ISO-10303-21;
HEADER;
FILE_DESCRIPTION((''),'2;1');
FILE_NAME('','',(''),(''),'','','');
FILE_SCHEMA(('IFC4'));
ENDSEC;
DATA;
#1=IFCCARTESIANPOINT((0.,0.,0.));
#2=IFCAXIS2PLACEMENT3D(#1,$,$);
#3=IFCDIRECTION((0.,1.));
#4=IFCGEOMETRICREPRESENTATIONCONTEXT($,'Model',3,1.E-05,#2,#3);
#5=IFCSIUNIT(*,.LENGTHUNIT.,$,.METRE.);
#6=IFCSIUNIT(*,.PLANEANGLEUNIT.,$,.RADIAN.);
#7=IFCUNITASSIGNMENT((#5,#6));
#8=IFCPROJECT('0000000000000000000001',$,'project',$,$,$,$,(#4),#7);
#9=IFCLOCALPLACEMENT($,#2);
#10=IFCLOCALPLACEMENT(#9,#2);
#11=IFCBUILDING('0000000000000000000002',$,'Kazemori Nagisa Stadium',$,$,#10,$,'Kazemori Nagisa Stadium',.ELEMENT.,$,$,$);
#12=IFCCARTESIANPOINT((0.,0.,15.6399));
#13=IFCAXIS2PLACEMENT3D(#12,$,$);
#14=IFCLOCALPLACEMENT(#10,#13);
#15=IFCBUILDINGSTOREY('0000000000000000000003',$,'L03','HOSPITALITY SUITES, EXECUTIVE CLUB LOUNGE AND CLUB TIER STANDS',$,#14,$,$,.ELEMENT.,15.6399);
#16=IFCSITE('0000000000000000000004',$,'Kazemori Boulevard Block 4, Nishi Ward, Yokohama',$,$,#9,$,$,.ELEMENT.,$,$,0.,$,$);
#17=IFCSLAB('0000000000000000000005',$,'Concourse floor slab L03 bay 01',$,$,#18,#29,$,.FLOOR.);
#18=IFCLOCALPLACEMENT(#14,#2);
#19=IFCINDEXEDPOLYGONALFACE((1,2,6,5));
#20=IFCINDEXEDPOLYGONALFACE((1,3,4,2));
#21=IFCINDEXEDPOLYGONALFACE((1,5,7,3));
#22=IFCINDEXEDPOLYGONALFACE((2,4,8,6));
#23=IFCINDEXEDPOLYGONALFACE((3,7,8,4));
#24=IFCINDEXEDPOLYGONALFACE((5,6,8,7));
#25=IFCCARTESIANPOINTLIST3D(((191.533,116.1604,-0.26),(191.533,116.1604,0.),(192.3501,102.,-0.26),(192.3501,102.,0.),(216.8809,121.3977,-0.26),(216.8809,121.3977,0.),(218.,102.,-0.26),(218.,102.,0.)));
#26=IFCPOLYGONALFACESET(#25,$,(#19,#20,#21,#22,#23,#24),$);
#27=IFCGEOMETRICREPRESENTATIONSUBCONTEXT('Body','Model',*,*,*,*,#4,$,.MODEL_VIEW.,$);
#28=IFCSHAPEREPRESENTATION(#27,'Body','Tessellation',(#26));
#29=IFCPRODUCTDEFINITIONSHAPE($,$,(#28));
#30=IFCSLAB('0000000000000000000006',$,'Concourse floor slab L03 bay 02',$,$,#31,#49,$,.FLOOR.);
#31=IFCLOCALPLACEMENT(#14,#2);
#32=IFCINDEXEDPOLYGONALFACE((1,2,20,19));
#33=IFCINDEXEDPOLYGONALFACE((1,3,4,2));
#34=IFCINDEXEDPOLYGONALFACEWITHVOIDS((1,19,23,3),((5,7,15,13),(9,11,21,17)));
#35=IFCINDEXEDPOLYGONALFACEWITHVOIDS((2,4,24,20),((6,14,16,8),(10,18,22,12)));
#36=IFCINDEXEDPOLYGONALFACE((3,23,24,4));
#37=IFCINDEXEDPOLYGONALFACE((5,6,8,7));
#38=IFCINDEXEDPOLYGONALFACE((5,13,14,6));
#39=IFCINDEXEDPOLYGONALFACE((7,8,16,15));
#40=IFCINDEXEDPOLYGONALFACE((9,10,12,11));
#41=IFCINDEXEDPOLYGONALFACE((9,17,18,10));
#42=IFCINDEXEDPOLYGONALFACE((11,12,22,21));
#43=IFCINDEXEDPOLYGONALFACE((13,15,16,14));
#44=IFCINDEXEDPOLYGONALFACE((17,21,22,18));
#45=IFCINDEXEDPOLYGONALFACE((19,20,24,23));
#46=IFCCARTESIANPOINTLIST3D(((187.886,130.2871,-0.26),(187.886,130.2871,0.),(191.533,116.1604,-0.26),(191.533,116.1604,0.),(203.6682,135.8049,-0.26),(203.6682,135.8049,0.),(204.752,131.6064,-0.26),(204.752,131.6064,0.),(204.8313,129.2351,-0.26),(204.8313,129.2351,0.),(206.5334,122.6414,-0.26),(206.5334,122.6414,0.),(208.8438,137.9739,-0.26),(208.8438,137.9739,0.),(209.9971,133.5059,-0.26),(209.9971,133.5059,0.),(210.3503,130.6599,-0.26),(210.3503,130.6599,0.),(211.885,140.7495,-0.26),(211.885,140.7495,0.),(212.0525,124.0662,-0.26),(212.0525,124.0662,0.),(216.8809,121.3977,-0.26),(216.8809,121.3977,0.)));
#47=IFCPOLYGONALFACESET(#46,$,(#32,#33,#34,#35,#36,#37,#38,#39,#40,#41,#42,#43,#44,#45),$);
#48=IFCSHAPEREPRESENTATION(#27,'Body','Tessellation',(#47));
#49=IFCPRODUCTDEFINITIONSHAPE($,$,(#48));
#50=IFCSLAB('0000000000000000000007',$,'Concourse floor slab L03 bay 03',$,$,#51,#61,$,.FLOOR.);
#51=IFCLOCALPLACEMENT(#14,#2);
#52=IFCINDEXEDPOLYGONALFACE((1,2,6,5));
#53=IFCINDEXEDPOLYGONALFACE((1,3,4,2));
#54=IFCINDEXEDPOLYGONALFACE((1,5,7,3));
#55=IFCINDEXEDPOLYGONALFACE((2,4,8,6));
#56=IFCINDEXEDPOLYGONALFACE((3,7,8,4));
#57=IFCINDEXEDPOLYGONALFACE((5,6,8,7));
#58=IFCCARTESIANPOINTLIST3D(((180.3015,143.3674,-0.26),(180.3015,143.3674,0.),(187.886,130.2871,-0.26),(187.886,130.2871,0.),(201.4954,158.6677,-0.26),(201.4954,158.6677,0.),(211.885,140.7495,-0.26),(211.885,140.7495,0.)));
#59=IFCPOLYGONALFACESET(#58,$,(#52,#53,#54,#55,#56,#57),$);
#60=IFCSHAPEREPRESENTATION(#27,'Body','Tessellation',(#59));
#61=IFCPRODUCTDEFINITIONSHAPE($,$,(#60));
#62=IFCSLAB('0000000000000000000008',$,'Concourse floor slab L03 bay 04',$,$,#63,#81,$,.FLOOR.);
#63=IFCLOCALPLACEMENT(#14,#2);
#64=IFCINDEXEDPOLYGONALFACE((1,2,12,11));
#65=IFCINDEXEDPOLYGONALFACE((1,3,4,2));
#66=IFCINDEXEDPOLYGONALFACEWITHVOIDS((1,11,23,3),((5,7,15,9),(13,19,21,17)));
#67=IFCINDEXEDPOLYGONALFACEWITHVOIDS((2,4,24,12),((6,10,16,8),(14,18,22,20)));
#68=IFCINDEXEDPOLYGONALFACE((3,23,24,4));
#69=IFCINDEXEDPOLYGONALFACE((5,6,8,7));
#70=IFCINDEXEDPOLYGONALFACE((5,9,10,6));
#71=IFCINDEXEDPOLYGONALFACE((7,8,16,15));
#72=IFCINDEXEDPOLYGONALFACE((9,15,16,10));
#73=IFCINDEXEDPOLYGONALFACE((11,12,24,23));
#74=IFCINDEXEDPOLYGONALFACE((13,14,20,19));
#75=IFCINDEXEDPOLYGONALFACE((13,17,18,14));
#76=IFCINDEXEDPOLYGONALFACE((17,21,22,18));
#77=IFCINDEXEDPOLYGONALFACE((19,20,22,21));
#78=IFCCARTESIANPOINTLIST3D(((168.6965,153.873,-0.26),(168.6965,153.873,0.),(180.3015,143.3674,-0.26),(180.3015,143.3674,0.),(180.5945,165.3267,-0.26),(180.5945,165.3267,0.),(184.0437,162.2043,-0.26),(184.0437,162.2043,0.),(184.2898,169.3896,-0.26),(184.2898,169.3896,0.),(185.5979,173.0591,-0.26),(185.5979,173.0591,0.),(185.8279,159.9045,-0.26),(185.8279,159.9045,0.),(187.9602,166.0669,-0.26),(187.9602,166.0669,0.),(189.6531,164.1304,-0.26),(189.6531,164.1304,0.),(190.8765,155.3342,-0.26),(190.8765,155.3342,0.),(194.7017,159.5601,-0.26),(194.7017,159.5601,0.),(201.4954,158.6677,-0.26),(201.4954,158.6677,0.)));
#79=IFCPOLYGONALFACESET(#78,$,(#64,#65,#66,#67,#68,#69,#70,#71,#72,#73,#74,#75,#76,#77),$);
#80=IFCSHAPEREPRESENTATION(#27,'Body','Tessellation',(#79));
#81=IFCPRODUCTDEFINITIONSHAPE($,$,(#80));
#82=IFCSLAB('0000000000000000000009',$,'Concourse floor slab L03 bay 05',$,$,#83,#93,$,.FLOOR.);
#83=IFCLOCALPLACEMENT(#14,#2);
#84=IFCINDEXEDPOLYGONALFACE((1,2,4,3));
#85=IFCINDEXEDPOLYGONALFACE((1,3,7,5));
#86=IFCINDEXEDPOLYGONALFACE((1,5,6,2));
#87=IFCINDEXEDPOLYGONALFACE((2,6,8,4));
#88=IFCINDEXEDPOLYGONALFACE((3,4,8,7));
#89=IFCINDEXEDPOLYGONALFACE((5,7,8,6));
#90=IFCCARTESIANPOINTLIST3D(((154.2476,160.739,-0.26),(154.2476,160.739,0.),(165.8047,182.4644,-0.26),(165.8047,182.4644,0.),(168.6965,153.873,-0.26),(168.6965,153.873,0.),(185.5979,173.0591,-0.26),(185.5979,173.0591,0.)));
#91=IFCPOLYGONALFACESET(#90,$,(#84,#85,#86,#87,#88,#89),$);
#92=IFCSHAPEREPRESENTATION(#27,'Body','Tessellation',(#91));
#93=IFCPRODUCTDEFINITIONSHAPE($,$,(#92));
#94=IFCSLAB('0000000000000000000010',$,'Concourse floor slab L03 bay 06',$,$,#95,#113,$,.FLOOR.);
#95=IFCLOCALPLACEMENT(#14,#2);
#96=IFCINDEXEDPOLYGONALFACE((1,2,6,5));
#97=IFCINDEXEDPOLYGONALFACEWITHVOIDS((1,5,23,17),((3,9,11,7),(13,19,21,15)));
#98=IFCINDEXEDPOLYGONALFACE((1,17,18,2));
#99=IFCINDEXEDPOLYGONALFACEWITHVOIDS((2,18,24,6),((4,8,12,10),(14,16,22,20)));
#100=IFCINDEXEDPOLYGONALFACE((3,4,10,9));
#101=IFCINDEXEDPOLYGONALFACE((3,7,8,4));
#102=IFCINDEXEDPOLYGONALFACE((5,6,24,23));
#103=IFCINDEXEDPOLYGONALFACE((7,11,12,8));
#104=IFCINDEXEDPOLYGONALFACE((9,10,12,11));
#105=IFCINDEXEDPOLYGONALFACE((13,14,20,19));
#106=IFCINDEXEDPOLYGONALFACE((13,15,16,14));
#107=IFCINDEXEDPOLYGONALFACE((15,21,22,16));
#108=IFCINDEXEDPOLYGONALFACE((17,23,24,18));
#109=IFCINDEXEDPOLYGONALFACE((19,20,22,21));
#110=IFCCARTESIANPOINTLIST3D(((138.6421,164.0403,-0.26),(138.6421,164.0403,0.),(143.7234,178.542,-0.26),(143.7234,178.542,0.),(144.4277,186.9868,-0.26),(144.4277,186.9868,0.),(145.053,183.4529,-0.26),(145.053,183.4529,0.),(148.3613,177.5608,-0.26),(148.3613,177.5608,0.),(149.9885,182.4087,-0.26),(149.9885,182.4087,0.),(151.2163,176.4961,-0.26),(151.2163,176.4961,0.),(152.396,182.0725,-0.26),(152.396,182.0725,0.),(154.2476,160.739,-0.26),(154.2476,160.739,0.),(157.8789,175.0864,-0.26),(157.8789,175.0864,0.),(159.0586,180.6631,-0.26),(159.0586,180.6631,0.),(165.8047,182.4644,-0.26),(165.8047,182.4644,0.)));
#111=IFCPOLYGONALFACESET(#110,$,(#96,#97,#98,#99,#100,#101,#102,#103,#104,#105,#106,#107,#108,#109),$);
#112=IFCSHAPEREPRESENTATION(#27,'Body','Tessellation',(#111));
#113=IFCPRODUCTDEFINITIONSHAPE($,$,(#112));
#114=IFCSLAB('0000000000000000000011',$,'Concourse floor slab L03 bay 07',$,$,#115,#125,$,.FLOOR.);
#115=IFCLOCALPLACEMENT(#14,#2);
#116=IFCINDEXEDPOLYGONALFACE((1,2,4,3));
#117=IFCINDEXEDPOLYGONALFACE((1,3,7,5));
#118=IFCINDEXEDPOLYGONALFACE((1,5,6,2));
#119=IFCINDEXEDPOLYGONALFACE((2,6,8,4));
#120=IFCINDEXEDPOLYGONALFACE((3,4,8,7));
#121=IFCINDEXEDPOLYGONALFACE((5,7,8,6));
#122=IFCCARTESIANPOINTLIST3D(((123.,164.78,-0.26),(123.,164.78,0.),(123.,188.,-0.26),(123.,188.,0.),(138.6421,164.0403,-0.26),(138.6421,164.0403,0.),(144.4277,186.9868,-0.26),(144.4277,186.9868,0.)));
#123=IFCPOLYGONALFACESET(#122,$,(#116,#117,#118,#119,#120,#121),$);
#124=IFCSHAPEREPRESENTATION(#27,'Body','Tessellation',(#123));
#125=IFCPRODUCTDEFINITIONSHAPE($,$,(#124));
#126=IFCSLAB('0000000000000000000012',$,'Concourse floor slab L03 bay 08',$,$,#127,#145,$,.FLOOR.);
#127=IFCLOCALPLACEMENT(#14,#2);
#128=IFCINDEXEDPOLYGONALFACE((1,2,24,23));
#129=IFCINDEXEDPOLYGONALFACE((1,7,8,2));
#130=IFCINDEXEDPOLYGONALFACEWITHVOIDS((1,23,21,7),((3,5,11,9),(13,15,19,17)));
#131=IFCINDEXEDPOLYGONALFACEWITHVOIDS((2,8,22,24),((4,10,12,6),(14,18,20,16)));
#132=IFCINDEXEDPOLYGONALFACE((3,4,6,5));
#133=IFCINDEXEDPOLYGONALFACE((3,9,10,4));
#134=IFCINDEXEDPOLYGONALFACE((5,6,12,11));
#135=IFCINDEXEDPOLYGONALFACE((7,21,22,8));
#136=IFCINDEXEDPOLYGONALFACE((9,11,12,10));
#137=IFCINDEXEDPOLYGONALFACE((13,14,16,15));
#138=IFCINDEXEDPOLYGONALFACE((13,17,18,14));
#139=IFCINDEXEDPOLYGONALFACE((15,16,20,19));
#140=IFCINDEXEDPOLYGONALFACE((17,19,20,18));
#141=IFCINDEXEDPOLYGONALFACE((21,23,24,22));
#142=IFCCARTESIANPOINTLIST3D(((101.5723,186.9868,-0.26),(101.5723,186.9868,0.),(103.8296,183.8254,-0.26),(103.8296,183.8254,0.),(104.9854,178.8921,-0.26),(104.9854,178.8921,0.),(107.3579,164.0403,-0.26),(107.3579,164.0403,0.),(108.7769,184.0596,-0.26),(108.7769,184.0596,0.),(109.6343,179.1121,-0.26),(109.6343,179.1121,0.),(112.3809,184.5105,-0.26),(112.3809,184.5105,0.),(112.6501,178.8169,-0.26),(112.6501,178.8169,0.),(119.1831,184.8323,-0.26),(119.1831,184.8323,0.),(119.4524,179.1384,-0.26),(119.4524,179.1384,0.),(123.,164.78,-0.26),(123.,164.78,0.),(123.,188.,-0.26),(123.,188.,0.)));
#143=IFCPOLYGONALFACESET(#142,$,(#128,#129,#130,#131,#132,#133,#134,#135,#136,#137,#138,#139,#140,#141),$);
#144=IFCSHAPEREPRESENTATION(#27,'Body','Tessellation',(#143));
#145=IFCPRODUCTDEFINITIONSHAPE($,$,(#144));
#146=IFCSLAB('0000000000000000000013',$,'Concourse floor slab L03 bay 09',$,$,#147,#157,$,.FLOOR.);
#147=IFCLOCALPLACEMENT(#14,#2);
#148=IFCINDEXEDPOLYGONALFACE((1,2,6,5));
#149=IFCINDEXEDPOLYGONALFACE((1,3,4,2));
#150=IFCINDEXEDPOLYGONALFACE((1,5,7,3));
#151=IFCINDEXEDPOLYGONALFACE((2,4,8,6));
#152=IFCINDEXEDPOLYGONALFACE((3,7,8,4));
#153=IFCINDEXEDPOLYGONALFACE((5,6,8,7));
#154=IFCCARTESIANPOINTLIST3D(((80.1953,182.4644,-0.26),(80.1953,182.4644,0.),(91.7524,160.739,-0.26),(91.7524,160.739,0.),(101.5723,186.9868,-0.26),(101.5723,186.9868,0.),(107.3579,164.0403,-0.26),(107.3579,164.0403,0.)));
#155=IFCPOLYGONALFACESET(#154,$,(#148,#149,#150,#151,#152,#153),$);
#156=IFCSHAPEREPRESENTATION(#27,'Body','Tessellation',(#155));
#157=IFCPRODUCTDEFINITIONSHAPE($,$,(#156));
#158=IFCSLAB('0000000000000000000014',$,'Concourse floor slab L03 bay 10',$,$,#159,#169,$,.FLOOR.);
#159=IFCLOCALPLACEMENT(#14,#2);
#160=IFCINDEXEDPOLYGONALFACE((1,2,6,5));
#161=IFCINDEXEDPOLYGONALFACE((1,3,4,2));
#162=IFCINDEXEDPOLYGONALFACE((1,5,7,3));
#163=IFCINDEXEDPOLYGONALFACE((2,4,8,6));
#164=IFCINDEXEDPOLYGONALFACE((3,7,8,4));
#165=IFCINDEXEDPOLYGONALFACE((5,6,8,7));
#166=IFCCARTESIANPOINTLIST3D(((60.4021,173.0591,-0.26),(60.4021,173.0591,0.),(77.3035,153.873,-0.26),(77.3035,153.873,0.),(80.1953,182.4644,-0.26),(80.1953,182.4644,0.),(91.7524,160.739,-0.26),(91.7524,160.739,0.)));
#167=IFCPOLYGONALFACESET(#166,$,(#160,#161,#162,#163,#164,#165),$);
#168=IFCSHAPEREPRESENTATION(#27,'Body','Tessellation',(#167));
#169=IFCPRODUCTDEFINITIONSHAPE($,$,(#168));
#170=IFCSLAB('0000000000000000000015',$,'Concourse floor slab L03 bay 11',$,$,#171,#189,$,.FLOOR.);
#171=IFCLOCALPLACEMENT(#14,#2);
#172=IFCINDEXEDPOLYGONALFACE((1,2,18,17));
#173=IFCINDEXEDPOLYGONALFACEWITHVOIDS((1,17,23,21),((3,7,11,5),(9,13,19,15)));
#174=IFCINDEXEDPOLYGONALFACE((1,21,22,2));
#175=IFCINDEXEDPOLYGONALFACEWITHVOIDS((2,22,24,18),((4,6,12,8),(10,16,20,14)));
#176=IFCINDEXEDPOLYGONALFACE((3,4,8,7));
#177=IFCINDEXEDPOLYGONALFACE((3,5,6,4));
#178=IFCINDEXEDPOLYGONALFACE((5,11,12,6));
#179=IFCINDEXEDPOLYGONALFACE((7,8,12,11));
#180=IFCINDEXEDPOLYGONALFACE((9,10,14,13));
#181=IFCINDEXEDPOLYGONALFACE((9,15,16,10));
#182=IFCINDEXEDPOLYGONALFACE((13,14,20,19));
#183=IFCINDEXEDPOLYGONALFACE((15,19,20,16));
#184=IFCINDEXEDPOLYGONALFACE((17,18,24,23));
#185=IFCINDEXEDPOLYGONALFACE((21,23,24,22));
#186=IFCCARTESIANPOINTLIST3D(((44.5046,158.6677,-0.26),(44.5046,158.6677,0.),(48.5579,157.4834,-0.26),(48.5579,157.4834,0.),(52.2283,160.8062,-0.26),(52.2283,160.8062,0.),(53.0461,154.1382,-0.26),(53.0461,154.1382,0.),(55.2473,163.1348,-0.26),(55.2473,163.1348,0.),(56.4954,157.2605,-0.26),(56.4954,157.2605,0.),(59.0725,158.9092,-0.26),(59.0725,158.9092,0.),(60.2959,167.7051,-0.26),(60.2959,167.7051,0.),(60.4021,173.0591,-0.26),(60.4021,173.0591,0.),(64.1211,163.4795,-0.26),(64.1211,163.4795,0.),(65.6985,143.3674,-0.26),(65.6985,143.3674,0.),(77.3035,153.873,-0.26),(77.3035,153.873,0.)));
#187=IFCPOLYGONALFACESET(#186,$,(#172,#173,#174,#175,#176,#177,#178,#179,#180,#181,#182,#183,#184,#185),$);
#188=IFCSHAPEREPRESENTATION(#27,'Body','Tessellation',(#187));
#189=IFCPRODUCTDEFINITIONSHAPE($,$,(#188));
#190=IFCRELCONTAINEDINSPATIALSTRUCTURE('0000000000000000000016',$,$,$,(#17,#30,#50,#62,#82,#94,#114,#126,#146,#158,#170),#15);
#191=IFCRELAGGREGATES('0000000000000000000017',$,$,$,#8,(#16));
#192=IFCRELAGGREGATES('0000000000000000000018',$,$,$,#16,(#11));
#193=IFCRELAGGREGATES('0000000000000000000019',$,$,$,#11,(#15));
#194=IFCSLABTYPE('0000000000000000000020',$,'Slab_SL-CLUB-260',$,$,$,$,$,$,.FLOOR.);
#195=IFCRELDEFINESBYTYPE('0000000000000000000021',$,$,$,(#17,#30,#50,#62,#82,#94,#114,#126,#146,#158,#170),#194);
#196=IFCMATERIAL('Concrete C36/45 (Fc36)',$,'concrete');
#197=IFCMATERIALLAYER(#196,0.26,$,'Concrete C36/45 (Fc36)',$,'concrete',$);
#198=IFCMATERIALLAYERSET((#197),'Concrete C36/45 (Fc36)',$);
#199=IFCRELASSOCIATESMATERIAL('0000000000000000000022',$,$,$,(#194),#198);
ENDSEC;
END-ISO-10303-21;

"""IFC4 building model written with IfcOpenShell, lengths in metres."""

from ifc_helpers import new_model, si_unit, direction, frame, origin, place, context, subcontext, project, spatial, polyline, outline, extrude, material, layer, layer_set, type_object, element, save


model = new_model("IFC4")

# Units and contexts
model_context = context("Model", 3, precision=1e-05, world=origin(), true_north=direction((0.0, 1.0)))
body_context = subcontext(model_context, "Body", "Model", "MODEL_VIEW")
ifc_project = project(units=[si_unit("LENGTHUNIT", "METRE"), si_unit("PLANEANGLEUNIT", "RADIAN")], contexts=[model_context])

# Site, building, storey
site_placement = place(None, origin())
site = spatial("IfcSite", under=ifc_project, at=site_placement, Name="Kazemori Boulevard Block 4, Nishi Ward, Yokohama", CompositionType="ELEMENT", RefElevation=0.0)
building_placement = place(site_placement, origin())
building = spatial("IfcBuilding", under=site, at=building_placement, Name="Kazemori Nagisa Stadium", LongName="Kazemori Nagisa Stadium", CompositionType="ELEMENT")
storey_placement = place(building_placement, frame((0.0, 0.0, 15.6399)))
storey = spatial("IfcBuildingStorey", under=building, at=storey_placement, Name="L03", Description="HOSPITALITY SUITES, EXECUTIVE CLUB LOUNGE AND CLUB TIER STANDS", CompositionType="ELEMENT", Elevation=15.6399)

# Slabs
ifc_material = material(Name="Concrete C36/45 (Fc36)", Category="concrete")
ifc_layer = layer(ifc_material, 0.26, Name="Concrete C36/45 (Fc36)", Category="concrete")
ifc_layer_set = layer_set([ifc_layer], Name="Concrete C36/45 (Fc36)")
slab_type = type_object("IfcSlabType", Name="Slab_SL-CLUB-260", PredefinedType="FLOOR", material=ifc_layer_set)
slab_1_placement = place(storey_placement, frame((0.0, 0.0, -0.26)))
element("IfcSlab", 1, at=slab_1_placement, inside=storey, type_object=slab_type, Name="Concourse floor slab L03 bay 01", PredefinedType="FLOOR", context=body_context, shape_type="SweptSolid", body=[
    extrude(outline(polyline([(192.3501, 102.0), (191.533, 116.1604), (216.8809, 121.3977), (218.0, 102.0), (192.3501, 102.0)])), origin(), (0.0, 0.0, 1.0), 0.26),
])
slab_2_placement = place(storey_placement, frame((0.0, 0.0, -0.26)))
element("IfcSlab", 2, at=slab_2_placement, inside=storey, type_object=slab_type, Name="Concourse floor slab L03 bay 02", PredefinedType="FLOOR", context=body_context, shape_type="SweptSolid", body=[
    extrude(outline(polyline([(191.533, 116.1604), (187.886, 130.2871), (211.885, 140.7495), (216.8809, 121.3977), (191.533, 116.1604)]), holes=[polyline([(206.5334, 122.6414), (204.8313, 129.2351), (210.3503, 130.6599), (212.0525, 124.0662), (206.5334, 122.6414)]), polyline([(204.752, 131.6064), (203.6682, 135.8049), (208.8438, 137.9739), (209.9971, 133.5059), (204.752, 131.6064)])]), origin(), (0.0, 0.0, 1.0), 0.26),
])
slab_3_placement = place(storey_placement, frame((0.0, 0.0, -0.26)))
element("IfcSlab", 3, at=slab_3_placement, inside=storey, type_object=slab_type, Name="Concourse floor slab L03 bay 03", PredefinedType="FLOOR", context=body_context, shape_type="SweptSolid", body=[
    extrude(outline(polyline([(187.886, 130.2871), (180.3015, 143.3674), (201.4954, 158.6677), (211.885, 140.7495), (187.886, 130.2871)])), origin(), (0.0, 0.0, 1.0), 0.26),
])
slab_4_placement = place(storey_placement, frame((0.0, 0.0, -0.26)))
element("IfcSlab", 4, at=slab_4_placement, inside=storey, type_object=slab_type, Name="Concourse floor slab L03 bay 04", PredefinedType="FLOOR", context=body_context, shape_type="SweptSolid", body=[
    extrude(outline(polyline([(180.3015, 143.3674), (168.6965, 153.873), (185.5979, 173.0591), (201.4954, 158.6677), (180.3015, 143.3674)]), holes=[polyline([(190.8765, 155.3342), (185.8279, 159.9045), (189.6531, 164.1304), (194.7017, 159.5601), (190.8765, 155.3342)]), polyline([(184.0437, 162.2043), (180.5945, 165.3267), (184.2898, 169.3896), (187.9602, 166.0669), (184.0437, 162.2043)])]), origin(), (0.0, 0.0, 1.0), 0.26),
])
slab_5_placement = place(storey_placement, frame((0.0, 0.0, -0.26)))
element("IfcSlab", 5, at=slab_5_placement, inside=storey, type_object=slab_type, Name="Concourse floor slab L03 bay 05", PredefinedType="FLOOR", context=body_context, shape_type="SweptSolid", body=[
    extrude(outline(polyline([(168.6965, 153.873), (154.2476, 160.739), (165.8047, 182.4644), (185.5979, 173.0591), (168.6965, 153.873)])), origin(), (0.0, 0.0, 1.0), 0.26),
])
slab_6_placement = place(storey_placement, frame((0.0, 0.0, -0.26)))
element("IfcSlab", 6, at=slab_6_placement, inside=storey, type_object=slab_type, Name="Concourse floor slab L03 bay 06", PredefinedType="FLOOR", context=body_context, shape_type="SweptSolid", body=[
    extrude(outline(polyline([(154.2476, 160.739), (138.6421, 164.0403), (144.4277, 186.9868), (165.8047, 182.4644), (154.2476, 160.739)]), holes=[polyline([(157.8789, 175.0864), (151.2163, 176.4961), (152.396, 182.0725), (159.0586, 180.6631), (157.8789, 175.0864)]), polyline([(148.3613, 177.5608), (143.7234, 178.542), (145.053, 183.4529), (149.9885, 182.4087), (148.3613, 177.5608)])]), origin(), (0.0, 0.0, 1.0), 0.26),
])
slab_7_placement = place(storey_placement, frame((0.0, 0.0, -0.26)))
element("IfcSlab", 7, at=slab_7_placement, inside=storey, type_object=slab_type, Name="Concourse floor slab L03 bay 07", PredefinedType="FLOOR", context=body_context, shape_type="SweptSolid", body=[
    extrude(outline(polyline([(138.6421, 164.0403), (123.0, 164.78), (123.0, 188.0), (144.4277, 186.9868), (138.6421, 164.0403)])), origin(), (0.0, 0.0, 1.0), 0.26),
])
slab_8_placement = place(storey_placement, frame((0.0, 0.0, -0.26)))
element("IfcSlab", 8, at=slab_8_placement, inside=storey, type_object=slab_type, Name="Concourse floor slab L03 bay 08", PredefinedType="FLOOR", context=body_context, shape_type="SweptSolid", body=[
    extrude(outline(polyline([(123.0, 164.78), (107.3579, 164.0403), (101.5723, 186.9868), (123.0, 188.0), (123.0, 164.78)]), holes=[polyline([(119.4524, 179.1384), (112.6501, 178.8169), (112.3809, 184.5105), (119.1831, 184.8323), (119.4524, 179.1384)]), polyline([(109.6343, 179.1121), (104.9854, 178.8921), (103.8296, 183.8254), (108.7769, 184.0596), (109.6343, 179.1121)])]), origin(), (0.0, 0.0, 1.0), 0.26),
])
slab_9_placement = place(storey_placement, frame((0.0, 0.0, -0.26)))
element("IfcSlab", 9, at=slab_9_placement, inside=storey, type_object=slab_type, Name="Concourse floor slab L03 bay 09", PredefinedType="FLOOR", context=body_context, shape_type="SweptSolid", body=[
    extrude(outline(polyline([(107.3579, 164.0403), (91.7524, 160.739), (80.1953, 182.4644), (101.5723, 186.9868), (107.3579, 164.0403)])), origin(), (0.0, 0.0, 1.0), 0.26),
])
slab_10_placement = place(storey_placement, frame((0.0, 0.0, -0.26)))
element("IfcSlab", 10, at=slab_10_placement, inside=storey, type_object=slab_type, Name="Concourse floor slab L03 bay 10", PredefinedType="FLOOR", context=body_context, shape_type="SweptSolid", body=[
    extrude(outline(polyline([(91.7524, 160.739), (77.3035, 153.873), (60.4021, 173.0591), (80.1953, 182.4644), (91.7524, 160.739)])), origin(), (0.0, 0.0, 1.0), 0.26),
])
slab_11_placement = place(storey_placement, frame((0.0, 0.0, -0.26)))
element("IfcSlab", 11, at=slab_11_placement, inside=storey, type_object=slab_type, Name="Concourse floor slab L03 bay 11", PredefinedType="FLOOR", context=body_context, shape_type="SweptSolid", body=[
    extrude(outline(polyline([(77.3035, 153.873), (65.6985, 143.3674), (44.5046, 158.6677), (60.4021, 173.0591), (77.3035, 153.873)]), holes=[polyline([(64.1211, 163.4795), (59.0725, 158.9092), (55.2473, 163.1348), (60.2959, 167.7051), (64.1211, 163.4795)]), polyline([(56.4954, 157.2605), (53.0461, 154.1382), (48.5579, 157.4834), (52.2283, 160.8062), (56.4954, 157.2605)])]), origin(), (0.0, 0.0, 1.0), 0.26),
])

save(model, "model.ifc")
